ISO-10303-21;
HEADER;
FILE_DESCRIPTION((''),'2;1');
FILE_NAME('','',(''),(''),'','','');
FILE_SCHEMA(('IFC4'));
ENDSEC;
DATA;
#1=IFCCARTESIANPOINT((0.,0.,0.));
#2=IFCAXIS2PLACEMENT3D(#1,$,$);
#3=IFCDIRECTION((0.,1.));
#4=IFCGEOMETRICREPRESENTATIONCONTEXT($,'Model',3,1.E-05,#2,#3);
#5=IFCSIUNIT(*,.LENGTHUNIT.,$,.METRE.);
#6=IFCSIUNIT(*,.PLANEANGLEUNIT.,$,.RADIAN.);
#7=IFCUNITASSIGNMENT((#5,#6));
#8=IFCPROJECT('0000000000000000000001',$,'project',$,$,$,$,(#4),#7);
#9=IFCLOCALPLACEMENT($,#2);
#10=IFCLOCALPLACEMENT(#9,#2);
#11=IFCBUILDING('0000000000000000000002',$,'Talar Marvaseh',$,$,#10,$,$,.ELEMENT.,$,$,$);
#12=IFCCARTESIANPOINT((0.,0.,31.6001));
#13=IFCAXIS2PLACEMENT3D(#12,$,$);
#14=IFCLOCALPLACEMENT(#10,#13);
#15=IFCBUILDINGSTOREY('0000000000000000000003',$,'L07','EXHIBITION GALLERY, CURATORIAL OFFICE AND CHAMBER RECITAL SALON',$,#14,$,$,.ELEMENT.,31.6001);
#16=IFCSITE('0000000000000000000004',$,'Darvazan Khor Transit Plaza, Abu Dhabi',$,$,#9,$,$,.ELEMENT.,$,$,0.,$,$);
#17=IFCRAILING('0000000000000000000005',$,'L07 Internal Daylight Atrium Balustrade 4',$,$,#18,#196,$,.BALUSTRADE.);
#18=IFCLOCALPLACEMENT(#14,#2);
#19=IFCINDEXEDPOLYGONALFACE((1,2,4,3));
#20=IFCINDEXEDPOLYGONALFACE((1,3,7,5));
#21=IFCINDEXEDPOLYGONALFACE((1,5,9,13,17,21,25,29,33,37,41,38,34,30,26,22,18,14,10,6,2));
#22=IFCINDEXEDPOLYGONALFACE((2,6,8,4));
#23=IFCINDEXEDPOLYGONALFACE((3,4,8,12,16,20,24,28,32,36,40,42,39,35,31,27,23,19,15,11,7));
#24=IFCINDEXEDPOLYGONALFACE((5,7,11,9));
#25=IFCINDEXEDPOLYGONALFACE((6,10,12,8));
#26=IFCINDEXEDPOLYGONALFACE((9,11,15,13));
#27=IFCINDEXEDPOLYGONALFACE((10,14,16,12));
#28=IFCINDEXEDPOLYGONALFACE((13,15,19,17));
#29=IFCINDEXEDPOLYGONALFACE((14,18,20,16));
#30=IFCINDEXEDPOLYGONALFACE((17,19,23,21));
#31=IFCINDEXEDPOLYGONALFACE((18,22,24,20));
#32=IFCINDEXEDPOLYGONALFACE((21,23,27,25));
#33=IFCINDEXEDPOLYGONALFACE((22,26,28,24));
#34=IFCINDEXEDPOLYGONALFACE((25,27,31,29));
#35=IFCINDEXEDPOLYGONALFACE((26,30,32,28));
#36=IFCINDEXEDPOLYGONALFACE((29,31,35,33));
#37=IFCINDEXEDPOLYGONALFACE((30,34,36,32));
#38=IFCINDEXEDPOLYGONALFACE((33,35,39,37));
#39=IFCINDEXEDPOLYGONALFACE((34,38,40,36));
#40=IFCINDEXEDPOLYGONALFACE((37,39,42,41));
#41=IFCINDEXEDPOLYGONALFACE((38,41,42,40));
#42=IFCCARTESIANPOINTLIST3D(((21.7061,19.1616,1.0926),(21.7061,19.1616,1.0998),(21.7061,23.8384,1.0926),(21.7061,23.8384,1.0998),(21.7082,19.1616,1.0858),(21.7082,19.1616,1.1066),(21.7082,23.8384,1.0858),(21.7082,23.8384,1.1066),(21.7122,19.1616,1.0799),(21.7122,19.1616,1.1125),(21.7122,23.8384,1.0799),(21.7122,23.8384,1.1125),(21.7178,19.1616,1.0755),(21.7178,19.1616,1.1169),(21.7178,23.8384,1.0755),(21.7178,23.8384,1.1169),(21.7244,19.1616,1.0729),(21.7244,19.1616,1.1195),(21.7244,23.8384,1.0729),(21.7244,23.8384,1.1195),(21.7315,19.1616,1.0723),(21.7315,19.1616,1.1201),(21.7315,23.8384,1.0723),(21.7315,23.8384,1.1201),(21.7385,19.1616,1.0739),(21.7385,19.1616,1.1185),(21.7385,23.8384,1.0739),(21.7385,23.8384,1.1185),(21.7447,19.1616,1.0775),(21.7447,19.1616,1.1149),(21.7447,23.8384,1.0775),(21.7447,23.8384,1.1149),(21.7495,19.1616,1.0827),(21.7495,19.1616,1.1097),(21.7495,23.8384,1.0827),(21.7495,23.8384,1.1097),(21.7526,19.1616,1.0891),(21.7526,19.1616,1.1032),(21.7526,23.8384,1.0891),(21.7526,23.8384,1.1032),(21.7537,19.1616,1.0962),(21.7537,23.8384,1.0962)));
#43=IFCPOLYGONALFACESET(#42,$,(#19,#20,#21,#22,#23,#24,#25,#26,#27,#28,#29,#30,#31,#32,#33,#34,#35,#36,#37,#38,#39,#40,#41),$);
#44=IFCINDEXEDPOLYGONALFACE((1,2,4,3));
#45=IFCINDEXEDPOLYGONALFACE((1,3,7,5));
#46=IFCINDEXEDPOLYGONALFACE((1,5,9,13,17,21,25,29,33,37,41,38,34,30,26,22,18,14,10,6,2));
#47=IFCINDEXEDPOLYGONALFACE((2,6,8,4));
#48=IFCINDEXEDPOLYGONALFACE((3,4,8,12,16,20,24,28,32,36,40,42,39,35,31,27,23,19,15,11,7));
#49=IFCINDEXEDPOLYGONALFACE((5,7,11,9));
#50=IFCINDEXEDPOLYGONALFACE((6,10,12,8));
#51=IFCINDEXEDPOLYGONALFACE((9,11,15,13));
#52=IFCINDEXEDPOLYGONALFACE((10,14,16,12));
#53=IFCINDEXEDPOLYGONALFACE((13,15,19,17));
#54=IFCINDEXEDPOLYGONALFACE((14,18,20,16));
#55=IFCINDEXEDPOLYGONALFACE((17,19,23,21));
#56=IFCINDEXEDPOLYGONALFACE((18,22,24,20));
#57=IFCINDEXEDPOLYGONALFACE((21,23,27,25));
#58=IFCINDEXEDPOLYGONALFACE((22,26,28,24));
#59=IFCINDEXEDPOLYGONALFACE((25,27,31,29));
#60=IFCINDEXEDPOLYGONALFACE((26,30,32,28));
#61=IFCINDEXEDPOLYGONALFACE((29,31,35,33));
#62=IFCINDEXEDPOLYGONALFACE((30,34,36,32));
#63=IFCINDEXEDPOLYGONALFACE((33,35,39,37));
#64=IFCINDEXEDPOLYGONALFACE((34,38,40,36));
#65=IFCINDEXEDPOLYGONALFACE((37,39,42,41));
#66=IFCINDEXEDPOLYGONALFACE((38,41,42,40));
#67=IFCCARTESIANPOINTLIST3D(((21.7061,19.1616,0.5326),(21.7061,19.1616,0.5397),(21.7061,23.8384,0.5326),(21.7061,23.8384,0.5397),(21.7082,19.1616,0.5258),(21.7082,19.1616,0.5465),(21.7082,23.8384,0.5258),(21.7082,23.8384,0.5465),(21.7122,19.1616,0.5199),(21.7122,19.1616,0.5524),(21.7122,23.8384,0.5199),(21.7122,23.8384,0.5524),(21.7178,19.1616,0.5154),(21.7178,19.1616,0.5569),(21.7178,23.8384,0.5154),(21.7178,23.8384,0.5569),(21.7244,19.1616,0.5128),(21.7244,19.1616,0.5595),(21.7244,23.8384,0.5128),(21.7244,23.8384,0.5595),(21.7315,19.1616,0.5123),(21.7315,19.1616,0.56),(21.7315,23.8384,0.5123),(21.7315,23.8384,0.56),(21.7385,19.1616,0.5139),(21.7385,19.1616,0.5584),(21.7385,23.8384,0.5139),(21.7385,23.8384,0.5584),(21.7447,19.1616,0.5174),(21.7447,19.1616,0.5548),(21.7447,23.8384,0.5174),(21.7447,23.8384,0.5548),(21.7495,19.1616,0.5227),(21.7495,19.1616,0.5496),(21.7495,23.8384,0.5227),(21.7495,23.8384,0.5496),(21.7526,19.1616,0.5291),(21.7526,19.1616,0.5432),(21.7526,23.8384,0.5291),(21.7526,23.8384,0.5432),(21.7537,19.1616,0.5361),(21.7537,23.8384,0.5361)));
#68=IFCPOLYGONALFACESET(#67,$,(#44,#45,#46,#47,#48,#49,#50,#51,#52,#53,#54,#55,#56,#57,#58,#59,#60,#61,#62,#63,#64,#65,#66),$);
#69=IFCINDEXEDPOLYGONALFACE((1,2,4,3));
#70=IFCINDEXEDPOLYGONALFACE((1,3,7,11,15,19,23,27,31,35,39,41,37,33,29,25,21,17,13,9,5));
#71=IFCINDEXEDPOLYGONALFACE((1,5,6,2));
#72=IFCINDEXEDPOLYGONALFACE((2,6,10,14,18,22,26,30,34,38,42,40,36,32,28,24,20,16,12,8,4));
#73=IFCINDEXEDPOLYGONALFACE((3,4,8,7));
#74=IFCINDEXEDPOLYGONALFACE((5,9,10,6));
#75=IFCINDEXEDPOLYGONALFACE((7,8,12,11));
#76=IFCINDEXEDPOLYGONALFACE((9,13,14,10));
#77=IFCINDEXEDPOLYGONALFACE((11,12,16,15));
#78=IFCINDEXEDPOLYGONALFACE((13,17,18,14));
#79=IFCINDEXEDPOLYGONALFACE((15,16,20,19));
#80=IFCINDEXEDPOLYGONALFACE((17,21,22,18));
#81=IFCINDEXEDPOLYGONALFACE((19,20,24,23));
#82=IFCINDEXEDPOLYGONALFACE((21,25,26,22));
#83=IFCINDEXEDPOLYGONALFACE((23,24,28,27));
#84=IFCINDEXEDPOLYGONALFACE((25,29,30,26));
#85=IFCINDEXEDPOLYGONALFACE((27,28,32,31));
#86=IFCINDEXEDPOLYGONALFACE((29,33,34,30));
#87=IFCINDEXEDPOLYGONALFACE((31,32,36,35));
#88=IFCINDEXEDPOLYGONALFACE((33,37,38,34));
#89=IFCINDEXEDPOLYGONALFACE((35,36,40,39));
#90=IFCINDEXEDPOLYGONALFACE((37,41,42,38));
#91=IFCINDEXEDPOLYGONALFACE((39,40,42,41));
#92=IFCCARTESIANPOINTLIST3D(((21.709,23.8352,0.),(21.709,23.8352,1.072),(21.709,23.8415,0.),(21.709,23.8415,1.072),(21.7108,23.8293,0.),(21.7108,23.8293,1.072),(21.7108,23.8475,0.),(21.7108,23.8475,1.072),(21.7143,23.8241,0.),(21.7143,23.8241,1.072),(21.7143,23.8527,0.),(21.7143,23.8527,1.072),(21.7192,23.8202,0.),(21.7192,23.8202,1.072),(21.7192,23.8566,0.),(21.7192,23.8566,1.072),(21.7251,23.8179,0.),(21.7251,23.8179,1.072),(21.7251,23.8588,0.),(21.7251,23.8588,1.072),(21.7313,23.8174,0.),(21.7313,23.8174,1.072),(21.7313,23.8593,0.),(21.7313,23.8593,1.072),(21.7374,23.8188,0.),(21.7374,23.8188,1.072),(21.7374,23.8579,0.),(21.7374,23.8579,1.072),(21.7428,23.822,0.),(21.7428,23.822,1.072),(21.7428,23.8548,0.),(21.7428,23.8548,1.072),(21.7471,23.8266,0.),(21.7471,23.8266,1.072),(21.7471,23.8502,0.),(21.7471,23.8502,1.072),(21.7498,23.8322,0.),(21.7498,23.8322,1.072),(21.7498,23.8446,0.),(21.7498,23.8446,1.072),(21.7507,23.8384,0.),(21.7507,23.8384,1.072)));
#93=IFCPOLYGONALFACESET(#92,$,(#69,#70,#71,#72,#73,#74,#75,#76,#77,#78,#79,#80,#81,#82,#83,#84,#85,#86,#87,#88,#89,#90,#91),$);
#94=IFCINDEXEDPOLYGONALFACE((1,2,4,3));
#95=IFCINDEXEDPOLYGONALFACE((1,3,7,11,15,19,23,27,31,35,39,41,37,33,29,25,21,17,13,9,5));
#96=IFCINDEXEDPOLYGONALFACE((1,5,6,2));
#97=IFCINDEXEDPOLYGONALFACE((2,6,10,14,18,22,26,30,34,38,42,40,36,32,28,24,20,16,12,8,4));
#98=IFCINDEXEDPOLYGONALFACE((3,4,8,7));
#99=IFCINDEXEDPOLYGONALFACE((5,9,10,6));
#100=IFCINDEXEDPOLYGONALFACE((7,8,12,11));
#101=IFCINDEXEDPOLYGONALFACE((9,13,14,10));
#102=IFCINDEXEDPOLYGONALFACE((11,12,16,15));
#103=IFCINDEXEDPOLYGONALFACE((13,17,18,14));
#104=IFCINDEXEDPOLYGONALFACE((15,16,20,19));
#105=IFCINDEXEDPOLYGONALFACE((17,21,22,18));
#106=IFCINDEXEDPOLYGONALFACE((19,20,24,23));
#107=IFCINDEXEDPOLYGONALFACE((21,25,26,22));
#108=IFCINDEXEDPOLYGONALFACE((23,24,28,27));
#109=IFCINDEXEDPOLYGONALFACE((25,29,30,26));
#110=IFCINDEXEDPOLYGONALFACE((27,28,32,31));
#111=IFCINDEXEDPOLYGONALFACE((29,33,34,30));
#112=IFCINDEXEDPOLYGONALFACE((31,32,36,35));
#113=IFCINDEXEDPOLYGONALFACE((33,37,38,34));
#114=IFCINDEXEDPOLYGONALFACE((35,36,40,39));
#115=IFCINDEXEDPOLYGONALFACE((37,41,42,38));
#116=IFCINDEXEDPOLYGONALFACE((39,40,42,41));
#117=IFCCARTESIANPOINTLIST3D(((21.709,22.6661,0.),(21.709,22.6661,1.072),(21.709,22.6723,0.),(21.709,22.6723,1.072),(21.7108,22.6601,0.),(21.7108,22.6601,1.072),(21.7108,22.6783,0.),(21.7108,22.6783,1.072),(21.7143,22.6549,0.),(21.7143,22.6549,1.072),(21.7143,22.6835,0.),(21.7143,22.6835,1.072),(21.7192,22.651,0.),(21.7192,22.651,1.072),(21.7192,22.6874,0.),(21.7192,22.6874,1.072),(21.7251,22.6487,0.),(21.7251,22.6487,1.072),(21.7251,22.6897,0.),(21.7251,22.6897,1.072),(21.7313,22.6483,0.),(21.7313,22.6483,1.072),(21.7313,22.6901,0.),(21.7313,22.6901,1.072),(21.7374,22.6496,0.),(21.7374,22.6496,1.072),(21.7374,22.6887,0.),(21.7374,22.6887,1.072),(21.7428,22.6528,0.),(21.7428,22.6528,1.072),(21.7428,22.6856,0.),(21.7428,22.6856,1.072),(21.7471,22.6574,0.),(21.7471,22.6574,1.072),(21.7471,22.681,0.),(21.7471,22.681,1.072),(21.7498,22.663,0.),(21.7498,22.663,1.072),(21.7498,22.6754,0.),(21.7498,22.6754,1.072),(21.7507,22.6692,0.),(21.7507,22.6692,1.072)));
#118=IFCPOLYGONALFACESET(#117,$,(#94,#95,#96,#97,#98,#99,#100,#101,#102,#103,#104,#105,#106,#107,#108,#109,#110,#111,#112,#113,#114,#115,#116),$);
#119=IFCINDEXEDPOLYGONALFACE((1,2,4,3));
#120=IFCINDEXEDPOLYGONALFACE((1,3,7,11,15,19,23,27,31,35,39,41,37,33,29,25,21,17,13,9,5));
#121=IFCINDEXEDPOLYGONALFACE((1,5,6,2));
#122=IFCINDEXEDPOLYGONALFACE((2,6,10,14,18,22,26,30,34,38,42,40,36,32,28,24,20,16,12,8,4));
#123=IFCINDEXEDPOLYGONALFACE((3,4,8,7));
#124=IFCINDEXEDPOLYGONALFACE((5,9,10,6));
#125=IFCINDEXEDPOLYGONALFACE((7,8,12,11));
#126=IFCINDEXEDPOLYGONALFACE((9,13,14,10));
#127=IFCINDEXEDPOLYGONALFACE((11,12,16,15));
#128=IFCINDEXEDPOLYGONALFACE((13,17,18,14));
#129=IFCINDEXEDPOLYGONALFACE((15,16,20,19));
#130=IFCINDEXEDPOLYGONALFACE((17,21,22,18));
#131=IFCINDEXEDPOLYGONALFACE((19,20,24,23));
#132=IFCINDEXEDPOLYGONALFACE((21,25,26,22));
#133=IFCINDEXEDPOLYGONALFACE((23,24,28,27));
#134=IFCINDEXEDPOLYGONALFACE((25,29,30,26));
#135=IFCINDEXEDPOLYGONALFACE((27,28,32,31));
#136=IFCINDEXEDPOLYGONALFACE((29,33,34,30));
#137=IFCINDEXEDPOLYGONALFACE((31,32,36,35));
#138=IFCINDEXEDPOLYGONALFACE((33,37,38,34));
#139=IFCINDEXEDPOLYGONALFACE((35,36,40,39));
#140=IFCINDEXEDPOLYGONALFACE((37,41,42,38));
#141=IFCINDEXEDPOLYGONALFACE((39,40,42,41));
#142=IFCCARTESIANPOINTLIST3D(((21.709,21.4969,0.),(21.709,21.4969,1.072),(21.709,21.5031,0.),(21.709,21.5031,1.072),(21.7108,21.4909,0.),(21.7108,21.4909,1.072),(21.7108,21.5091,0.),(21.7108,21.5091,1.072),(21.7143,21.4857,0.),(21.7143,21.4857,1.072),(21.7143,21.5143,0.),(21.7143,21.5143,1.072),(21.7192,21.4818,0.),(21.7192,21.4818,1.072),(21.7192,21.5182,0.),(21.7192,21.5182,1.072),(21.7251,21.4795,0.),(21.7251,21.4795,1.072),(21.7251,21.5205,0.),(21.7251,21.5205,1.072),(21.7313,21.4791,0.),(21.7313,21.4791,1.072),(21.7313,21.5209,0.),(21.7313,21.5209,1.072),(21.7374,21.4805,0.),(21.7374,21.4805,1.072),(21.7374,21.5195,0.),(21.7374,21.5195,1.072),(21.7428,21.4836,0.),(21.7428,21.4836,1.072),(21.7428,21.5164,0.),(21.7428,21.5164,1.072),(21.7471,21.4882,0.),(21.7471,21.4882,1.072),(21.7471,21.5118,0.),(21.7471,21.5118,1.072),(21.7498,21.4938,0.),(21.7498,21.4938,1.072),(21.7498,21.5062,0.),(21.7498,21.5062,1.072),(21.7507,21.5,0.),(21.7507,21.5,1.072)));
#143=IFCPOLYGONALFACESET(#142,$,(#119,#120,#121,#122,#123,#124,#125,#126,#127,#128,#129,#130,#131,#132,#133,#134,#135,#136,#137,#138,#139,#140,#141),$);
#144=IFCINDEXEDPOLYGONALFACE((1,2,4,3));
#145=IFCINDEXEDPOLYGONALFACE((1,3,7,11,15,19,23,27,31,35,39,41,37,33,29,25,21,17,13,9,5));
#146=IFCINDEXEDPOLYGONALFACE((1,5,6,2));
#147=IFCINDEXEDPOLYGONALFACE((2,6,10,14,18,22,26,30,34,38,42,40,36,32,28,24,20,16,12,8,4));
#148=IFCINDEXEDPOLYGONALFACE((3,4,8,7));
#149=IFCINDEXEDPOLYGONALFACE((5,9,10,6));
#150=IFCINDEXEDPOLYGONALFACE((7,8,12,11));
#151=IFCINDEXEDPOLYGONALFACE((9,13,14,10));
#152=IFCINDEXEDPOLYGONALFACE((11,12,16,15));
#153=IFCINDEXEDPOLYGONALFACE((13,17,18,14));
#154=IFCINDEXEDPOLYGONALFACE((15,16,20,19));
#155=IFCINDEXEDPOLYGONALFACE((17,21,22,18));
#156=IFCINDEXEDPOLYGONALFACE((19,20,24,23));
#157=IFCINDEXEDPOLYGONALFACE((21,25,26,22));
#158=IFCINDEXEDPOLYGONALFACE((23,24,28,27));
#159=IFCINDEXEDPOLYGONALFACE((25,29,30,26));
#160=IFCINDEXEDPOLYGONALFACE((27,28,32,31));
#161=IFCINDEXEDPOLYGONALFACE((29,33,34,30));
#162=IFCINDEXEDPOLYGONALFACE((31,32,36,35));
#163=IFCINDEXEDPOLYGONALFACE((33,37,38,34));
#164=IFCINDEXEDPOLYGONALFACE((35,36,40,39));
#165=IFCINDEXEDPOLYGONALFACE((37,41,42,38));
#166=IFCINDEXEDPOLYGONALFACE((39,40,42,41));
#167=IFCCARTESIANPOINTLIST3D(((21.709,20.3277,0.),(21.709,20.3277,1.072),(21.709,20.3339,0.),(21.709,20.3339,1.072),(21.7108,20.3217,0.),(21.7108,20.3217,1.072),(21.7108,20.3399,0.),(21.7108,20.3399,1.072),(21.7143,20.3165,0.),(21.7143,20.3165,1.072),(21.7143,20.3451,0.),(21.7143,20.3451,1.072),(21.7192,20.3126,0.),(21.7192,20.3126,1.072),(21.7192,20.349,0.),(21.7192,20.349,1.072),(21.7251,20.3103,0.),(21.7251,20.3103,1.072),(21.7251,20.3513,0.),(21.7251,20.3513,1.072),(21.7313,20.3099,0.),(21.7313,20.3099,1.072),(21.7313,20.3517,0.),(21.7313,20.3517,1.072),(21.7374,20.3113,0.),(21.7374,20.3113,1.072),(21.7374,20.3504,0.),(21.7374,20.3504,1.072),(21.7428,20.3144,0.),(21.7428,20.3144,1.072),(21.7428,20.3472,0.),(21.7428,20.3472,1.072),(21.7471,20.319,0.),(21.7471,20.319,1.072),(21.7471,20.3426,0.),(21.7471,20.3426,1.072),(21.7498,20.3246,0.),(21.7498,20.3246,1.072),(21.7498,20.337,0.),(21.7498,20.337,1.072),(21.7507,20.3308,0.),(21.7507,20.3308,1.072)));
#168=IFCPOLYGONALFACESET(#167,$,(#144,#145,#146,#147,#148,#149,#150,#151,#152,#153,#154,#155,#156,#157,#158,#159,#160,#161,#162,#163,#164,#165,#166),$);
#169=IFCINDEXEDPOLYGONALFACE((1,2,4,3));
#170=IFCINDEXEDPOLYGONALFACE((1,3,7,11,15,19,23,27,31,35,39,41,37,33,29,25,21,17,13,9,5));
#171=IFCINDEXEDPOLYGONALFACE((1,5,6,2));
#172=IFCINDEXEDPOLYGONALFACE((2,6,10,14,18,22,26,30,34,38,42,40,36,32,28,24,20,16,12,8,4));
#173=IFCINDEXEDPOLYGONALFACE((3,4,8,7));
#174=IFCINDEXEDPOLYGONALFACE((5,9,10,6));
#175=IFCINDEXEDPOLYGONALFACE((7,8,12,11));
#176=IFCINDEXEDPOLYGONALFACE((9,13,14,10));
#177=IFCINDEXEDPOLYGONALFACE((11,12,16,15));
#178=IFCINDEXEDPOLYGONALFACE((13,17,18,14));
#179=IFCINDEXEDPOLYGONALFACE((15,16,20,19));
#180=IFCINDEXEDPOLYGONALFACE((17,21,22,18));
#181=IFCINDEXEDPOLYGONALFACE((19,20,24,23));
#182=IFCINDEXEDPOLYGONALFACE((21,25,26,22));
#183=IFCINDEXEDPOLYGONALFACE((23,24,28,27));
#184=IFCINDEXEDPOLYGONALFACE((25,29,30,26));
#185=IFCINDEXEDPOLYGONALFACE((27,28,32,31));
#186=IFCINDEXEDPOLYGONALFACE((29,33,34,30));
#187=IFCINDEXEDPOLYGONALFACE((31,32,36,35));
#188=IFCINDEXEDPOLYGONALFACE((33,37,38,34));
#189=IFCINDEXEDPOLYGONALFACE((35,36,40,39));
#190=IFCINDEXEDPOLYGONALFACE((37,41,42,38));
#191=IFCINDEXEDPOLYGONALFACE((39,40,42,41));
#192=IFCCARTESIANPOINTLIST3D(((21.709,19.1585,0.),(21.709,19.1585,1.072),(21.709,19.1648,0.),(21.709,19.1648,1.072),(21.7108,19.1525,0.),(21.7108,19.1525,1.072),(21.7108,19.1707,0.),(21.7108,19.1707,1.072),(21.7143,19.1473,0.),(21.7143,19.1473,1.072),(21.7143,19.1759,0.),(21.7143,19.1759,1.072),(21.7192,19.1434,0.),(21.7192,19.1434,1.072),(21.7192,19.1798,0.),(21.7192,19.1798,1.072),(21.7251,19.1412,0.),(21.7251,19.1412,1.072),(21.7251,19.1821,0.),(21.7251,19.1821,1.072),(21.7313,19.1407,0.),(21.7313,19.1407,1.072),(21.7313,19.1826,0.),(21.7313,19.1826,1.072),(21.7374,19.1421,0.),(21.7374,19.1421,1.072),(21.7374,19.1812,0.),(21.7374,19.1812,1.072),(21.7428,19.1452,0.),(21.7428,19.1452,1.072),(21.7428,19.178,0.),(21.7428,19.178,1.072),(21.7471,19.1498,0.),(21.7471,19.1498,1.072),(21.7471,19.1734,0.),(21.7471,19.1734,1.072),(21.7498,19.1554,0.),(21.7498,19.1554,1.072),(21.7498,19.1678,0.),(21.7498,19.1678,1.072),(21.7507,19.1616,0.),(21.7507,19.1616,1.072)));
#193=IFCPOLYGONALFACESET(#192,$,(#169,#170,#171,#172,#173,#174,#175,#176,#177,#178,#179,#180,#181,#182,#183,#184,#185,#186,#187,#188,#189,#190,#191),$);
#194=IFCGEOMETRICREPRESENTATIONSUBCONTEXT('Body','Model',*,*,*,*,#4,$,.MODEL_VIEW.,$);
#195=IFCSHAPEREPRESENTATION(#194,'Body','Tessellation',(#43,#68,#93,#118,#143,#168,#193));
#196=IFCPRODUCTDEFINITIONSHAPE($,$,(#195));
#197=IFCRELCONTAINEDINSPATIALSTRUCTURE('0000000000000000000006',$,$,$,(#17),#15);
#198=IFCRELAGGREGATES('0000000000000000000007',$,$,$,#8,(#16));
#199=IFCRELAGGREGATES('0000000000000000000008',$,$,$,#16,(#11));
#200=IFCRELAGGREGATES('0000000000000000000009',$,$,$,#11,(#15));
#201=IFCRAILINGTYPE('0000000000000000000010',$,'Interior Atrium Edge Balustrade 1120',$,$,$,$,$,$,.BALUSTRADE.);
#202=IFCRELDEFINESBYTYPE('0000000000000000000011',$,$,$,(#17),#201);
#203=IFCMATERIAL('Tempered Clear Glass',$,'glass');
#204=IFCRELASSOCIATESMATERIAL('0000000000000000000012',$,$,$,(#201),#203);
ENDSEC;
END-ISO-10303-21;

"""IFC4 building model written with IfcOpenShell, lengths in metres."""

from ifc_helpers import new_model, si_unit, direction, frame, origin, origin_2d, place, context, subcontext, project, spatial, circle, extrude, material, type_object, element, save


model = new_model("IFC4")

# Units and contexts
model_context = context("Model", 3, precision=1e-05, world=origin(), true_north=direction((0.0, 1.0)))
body_context = subcontext(model_context, "Body", "Model", "MODEL_VIEW")
ifc_project = project(units=[si_unit("LENGTHUNIT", "METRE"), si_unit("PLANEANGLEUNIT", "RADIAN")], contexts=[model_context])

# Site, building, storey
site_placement = place(None, origin())
site = spatial("IfcSite", under=ifc_project, at=site_placement, Name="Darvazan Khor Transit Plaza, Abu Dhabi", CompositionType="ELEMENT", RefElevation=0.0)
building_placement = place(site_placement, origin())
building = spatial("IfcBuilding", under=site, at=building_placement, Name="Talar Marvaseh", CompositionType="ELEMENT")
storey_placement = place(building_placement, frame((0.0, 0.0, 31.6001)))
storey = spatial("IfcBuildingStorey", under=building, at=storey_placement, Name="L07", Description="EXHIBITION GALLERY, CURATORIAL OFFICE AND CHAMBER RECITAL SALON", CompositionType="ELEMENT", Elevation=31.6001)

# Railing
ifc_material_1 = material(Name="Tempered Clear Glass", Category="glass")
railing_type_1 = type_object("IfcRailingType", Name="Interior Atrium Edge Balustrade 1120", PredefinedType="BALUSTRADE", material=ifc_material_1)
railing_1_placement = place(storey_placement, frame((21.7297, 23.8384, 0.0)))
element("IfcRailing", 1, at=railing_1_placement, inside=storey, type_object=railing_type_1, Name="L07 Internal Daylight Atrium Balustrade 4", PredefinedType="BALUSTRADE", context=body_context, shape_type="SweptSolid", body=[
    extrude(circle(Radius=0.0239, at=origin_2d()), frame((0.0, 0.0, 1.0962), z_axis=(0.0, -1.0, 0.0), x_axis=(1.0, 0.0, 0.0)), (0.0, 0.0, 1.0), 4.6768),
    extrude(circle(Radius=0.0239, at=origin_2d()), frame((0.0, 0.0, 0.5361), z_axis=(0.0, -1.0, 0.0), x_axis=(1.0, 0.0, 0.0)), (0.0, 0.0, 1.0), 4.6768),
    extrude(circle(Radius=0.021, at=origin_2d()), origin(), (0.0, 0.0, 1.0), 1.072),
    extrude(circle(Radius=0.021, at=origin_2d()), frame((0.0, -1.1692, 0.0)), (0.0, 0.0, 1.0), 1.072),
    extrude(circle(Radius=0.021, at=origin_2d()), frame((0.0, -2.3384, 0.0)), (0.0, 0.0, 1.0), 1.072),
    extrude(circle(Radius=0.021, at=origin_2d()), frame((0.0, -3.5076, 0.0)), (0.0, 0.0, 1.0), 1.072),
    extrude(circle(Radius=0.021, at=origin_2d()), frame((0.0, -4.6768, 0.0)), (0.0, 0.0, 1.0), 1.072),
])

save(model, "model.ifc")
